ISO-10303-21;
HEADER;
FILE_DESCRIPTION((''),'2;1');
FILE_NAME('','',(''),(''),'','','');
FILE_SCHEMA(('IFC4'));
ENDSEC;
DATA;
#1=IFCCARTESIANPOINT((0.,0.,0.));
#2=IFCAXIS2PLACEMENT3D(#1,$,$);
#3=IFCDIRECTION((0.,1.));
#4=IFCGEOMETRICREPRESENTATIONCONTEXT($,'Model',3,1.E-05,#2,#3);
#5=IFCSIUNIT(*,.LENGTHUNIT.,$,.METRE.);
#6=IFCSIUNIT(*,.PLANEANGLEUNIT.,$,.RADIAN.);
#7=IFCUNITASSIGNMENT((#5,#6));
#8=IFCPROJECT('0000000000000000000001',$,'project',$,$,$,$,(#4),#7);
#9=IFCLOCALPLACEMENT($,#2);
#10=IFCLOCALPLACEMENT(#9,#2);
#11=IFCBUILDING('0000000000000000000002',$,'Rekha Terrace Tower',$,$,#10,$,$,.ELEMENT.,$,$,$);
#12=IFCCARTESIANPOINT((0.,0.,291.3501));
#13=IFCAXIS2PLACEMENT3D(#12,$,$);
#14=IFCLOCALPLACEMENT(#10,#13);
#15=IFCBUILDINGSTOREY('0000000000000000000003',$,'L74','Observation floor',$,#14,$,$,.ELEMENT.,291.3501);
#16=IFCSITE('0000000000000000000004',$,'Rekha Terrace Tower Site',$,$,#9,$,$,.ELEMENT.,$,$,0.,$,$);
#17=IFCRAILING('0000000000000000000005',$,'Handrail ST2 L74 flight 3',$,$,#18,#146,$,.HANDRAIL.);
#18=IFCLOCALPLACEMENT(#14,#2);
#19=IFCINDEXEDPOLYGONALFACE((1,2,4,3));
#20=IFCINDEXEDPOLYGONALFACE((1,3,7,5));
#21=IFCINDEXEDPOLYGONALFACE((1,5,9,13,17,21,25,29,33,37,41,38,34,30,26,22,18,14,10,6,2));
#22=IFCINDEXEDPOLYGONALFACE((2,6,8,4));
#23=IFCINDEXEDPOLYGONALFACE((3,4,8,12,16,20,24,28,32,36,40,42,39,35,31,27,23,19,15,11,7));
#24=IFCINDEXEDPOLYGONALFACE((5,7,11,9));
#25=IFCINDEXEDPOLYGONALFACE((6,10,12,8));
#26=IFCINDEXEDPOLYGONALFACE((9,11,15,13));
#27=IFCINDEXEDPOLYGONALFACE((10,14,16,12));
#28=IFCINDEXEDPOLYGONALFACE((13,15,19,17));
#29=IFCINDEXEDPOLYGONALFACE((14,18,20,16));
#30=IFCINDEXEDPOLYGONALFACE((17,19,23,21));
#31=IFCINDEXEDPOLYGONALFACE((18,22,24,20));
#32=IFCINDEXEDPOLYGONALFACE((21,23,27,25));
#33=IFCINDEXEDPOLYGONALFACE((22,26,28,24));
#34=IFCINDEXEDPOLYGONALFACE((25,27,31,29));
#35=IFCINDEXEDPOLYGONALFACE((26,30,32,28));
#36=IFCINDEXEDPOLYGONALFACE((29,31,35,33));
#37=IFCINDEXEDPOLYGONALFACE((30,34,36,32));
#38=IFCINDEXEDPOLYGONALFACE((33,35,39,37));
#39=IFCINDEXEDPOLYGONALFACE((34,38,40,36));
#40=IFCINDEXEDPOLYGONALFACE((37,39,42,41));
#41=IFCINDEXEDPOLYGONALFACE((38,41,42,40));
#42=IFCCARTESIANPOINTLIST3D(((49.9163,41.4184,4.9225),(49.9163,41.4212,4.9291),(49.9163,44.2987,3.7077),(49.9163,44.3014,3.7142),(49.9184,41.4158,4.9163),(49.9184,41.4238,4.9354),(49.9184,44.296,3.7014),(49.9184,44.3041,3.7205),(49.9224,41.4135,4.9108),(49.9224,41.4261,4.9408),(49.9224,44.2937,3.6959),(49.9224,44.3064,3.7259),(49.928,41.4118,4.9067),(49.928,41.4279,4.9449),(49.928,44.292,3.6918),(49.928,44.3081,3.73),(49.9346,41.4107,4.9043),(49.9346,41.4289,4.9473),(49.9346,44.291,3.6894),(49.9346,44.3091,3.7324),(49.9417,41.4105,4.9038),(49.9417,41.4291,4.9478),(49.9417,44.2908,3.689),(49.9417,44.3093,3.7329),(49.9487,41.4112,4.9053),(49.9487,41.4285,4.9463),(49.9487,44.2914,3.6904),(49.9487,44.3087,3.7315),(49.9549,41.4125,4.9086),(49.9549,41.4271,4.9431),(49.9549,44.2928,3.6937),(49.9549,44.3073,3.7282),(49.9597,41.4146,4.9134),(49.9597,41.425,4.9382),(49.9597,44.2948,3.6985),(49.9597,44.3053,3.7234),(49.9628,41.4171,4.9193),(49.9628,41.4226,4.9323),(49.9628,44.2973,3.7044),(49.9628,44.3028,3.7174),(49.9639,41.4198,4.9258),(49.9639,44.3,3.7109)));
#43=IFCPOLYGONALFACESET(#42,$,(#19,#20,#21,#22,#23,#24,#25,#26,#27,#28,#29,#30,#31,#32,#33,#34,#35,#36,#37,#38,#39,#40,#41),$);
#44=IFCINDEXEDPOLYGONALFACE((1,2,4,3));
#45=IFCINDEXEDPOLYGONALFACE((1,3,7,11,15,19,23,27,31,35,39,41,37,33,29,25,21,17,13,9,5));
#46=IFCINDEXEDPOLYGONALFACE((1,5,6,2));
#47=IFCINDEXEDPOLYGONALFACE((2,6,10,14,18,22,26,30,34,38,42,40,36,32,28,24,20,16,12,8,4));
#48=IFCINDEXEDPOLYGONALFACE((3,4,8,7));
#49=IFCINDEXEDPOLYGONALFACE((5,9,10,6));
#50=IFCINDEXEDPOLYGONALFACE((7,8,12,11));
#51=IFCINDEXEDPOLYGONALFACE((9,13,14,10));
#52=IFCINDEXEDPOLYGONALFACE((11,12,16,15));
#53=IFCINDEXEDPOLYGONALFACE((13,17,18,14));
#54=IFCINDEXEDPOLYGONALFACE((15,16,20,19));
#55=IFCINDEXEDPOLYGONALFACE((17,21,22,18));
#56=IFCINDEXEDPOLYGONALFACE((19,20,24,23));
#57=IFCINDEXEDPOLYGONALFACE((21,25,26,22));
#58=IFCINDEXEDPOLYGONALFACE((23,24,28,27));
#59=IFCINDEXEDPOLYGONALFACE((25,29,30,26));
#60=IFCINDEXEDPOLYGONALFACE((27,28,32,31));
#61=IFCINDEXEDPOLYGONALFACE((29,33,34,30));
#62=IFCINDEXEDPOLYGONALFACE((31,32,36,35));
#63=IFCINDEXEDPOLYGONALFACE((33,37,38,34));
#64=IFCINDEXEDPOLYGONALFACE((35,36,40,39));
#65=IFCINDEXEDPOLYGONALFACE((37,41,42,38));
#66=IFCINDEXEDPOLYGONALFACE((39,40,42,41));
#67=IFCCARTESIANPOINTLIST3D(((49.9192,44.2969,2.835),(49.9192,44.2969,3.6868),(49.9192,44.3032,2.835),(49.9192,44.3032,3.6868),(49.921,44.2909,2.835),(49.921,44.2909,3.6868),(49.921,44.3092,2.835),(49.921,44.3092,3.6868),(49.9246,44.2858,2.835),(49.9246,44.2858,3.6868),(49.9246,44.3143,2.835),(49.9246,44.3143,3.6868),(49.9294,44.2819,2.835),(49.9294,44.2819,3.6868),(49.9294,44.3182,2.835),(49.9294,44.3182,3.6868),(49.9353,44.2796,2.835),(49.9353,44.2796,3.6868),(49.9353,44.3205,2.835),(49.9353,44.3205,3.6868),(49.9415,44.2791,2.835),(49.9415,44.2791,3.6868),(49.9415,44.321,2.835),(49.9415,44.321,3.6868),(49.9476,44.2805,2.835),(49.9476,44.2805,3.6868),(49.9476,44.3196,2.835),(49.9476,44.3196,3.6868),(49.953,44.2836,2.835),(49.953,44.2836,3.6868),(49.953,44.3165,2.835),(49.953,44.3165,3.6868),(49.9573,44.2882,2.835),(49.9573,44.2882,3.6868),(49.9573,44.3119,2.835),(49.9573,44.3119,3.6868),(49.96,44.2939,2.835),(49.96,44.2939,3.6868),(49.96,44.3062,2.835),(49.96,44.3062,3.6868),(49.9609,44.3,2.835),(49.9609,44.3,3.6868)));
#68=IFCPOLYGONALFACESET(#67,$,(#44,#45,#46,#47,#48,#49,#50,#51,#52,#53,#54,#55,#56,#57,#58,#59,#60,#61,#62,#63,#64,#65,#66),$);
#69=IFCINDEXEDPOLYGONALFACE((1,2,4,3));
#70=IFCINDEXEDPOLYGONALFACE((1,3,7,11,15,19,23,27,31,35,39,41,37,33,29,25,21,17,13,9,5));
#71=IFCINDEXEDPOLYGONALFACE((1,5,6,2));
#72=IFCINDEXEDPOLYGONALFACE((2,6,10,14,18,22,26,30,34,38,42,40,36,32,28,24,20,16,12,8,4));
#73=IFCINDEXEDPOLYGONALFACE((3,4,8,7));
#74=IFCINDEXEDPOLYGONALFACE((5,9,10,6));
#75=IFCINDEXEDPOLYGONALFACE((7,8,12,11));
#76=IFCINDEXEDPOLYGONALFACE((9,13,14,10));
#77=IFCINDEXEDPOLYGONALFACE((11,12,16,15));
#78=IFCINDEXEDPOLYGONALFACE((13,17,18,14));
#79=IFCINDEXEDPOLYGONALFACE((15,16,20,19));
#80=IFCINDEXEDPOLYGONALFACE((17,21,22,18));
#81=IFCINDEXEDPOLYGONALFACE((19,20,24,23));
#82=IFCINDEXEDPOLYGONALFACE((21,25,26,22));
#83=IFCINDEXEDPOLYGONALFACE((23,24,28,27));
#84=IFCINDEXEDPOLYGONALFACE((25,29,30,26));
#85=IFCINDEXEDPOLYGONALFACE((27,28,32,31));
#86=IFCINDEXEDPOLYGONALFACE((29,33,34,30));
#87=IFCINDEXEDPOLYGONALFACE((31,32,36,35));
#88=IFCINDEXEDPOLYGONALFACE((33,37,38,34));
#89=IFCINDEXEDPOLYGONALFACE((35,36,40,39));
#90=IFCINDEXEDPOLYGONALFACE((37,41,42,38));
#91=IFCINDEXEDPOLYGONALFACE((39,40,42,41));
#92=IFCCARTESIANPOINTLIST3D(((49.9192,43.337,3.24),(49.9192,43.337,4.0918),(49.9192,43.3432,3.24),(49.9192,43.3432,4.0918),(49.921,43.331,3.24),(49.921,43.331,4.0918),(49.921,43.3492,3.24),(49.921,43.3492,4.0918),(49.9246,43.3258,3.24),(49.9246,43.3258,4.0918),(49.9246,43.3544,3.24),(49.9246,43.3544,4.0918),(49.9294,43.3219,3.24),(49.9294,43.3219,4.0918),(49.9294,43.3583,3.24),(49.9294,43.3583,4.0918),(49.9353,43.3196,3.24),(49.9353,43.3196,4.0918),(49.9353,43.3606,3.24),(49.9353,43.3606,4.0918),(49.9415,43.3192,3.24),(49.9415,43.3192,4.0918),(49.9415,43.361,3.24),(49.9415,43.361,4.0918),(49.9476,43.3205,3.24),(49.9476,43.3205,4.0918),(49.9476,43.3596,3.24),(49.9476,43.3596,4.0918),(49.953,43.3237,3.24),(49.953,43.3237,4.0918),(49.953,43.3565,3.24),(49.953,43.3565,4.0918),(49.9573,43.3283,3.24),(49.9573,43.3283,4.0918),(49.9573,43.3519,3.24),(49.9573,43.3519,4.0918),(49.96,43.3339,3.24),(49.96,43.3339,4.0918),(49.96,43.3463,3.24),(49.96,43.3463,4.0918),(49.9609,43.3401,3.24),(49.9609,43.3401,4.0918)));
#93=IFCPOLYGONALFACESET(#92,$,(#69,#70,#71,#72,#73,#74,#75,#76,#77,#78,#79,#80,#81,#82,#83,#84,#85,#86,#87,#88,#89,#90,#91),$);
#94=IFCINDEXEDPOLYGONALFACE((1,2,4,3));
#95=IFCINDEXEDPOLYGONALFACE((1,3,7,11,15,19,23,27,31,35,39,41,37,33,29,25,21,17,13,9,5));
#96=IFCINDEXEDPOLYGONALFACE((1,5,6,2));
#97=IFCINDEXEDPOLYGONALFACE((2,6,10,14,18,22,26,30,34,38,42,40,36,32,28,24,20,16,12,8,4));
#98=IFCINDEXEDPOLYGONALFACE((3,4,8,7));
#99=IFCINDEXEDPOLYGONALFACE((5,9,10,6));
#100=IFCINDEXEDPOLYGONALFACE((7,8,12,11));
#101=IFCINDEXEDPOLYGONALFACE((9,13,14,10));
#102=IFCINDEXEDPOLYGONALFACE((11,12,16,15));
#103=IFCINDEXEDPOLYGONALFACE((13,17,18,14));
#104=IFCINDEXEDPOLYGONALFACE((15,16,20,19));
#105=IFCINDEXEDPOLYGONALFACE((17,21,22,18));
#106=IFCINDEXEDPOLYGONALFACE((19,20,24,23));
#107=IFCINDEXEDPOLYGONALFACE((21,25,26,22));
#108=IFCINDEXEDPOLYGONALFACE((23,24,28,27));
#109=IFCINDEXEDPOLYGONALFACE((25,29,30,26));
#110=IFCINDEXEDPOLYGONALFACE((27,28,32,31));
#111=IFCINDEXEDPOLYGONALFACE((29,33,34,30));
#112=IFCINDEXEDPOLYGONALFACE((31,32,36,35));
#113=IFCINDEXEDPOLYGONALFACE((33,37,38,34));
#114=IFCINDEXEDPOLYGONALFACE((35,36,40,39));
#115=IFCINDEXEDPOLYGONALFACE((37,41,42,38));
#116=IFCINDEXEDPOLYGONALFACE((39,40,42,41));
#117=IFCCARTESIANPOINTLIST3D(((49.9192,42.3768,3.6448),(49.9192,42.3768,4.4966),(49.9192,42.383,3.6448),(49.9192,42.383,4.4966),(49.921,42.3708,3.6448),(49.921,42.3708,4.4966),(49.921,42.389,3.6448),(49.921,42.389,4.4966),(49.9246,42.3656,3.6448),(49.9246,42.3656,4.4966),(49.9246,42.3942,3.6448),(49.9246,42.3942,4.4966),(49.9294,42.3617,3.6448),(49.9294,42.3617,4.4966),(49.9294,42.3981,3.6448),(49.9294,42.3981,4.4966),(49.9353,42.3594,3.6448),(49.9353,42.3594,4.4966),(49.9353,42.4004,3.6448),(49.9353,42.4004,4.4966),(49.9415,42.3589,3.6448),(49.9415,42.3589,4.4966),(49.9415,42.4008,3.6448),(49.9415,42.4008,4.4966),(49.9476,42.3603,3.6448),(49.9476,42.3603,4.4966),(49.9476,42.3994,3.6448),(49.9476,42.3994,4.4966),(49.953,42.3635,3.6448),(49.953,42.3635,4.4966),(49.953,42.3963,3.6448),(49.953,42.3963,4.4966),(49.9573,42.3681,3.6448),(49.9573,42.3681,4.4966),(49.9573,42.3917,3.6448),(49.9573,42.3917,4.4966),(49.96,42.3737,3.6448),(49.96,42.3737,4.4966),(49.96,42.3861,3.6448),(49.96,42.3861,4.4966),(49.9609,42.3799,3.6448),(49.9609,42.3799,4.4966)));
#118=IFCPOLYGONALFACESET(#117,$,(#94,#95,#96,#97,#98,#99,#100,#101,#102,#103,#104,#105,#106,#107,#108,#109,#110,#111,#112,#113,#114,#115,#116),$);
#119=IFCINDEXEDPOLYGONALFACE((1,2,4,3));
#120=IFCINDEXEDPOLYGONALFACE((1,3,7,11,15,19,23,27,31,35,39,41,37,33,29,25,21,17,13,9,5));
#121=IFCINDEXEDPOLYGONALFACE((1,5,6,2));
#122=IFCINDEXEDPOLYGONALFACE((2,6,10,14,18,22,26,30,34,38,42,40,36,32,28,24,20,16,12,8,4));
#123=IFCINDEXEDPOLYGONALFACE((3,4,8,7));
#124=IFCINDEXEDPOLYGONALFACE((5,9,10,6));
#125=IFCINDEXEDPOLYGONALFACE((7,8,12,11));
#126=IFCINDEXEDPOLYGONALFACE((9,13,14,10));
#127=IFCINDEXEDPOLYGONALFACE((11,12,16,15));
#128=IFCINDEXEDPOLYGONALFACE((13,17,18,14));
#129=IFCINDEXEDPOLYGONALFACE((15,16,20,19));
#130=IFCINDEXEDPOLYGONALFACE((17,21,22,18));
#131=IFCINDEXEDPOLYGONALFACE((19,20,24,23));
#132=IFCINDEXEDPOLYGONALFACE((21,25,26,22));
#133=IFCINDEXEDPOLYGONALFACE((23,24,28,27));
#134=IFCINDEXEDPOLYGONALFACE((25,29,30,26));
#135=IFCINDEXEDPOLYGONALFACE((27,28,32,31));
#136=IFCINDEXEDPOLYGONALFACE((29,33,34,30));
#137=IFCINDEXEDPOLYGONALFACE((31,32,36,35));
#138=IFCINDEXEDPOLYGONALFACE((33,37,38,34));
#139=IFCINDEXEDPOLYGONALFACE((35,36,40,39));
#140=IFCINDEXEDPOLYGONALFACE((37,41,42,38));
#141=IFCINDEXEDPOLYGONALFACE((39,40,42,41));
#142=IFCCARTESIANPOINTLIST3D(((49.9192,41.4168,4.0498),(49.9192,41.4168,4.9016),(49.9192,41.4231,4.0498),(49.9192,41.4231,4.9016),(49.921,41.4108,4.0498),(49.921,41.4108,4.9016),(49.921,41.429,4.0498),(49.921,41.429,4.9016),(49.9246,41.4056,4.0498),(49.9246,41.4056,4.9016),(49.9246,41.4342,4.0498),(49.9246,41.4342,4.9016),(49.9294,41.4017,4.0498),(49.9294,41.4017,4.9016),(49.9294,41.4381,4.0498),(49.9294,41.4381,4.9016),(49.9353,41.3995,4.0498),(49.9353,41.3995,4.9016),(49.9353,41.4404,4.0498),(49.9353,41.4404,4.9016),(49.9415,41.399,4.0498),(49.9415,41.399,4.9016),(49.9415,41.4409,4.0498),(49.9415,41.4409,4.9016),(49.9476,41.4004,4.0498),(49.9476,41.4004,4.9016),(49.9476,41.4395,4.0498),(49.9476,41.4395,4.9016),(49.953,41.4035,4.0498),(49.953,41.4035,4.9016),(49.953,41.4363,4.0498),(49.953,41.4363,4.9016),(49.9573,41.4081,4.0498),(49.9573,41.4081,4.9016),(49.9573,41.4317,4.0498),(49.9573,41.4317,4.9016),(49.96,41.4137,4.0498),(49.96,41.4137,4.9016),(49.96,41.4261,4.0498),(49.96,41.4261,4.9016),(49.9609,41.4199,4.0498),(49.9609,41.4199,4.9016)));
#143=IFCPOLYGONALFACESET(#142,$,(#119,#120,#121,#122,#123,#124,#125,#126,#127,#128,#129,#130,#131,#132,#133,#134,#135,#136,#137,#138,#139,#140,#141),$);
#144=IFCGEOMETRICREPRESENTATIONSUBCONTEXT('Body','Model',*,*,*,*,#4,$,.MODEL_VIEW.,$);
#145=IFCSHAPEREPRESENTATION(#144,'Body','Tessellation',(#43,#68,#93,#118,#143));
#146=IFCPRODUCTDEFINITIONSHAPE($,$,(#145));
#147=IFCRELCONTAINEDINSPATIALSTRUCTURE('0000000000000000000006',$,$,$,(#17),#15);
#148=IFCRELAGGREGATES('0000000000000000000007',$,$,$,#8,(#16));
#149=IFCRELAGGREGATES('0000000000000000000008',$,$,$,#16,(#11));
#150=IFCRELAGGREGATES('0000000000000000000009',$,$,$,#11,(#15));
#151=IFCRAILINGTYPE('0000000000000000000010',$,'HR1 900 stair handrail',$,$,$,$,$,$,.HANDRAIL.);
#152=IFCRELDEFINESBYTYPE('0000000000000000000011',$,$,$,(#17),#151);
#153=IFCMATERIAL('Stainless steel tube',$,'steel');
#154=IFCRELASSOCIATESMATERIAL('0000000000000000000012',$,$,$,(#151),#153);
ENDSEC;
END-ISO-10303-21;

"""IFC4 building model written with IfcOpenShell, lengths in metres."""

from ifc_helpers import new_model, si_unit, direction, frame, origin, origin_2d, place, context, subcontext, project, spatial, circle, extrude, material, type_object, element, save


model = new_model("IFC4")

# Units and contexts
model_context = context("Model", 3, precision=1e-05, world=origin(), true_north=direction((0.0, 1.0)))
body_context = subcontext(model_context, "Body", "Model", "MODEL_VIEW")
ifc_project = project(units=[si_unit("LENGTHUNIT", "METRE"), si_unit("PLANEANGLEUNIT", "RADIAN")], contexts=[model_context])

# Site, building, storey
site_placement = place(None, origin())
site = spatial("IfcSite", under=ifc_project, at=site_placement, Name="Rekha Terrace Tower Site", CompositionType="ELEMENT", RefElevation=0.0)
building_placement = place(site_placement, origin())
building = spatial("IfcBuilding", under=site, at=building_placement, Name="Rekha Terrace Tower", CompositionType="ELEMENT")
storey_placement = place(building_placement, frame((0.0, 0.0, 291.3501)))
storey = spatial("IfcBuildingStorey", under=building, at=storey_placement, Name="L74", Description="Observation floor", CompositionType="ELEMENT", Elevation=291.3501)

# Railing
ifc_material_1 = material(Name="Stainless steel tube", Category="steel")
railing_type_1 = type_object("IfcRailingType", Name="HR1 900 stair handrail", PredefinedType="HANDRAIL", material=ifc_material_1)
railing_1_placement = place(storey_placement, frame((49.9399, 44.3, 2.835)))
element("IfcRailing", 1, at=railing_1_placement, inside=storey, type_object=railing_type_1, Name="Handrail ST2 L74 flight 3", PredefinedType="HANDRAIL", context=body_context, shape_type="SweptSolid", body=[
    extrude(circle(Radius=0.0239, at=origin_2d()), frame((0.0, 0.0, 0.876), z_axis=(0.0, -0.921388, 0.388644), x_axis=(1.0, 0.0, 0.0)), (0.0, 0.0, 1.0), 3.126),
    extrude(circle(Radius=0.021, at=origin_2d()), origin(), (0.0, 0.0, 1.0), 0.8518),
    extrude(circle(Radius=0.021, at=origin_2d()), frame((0.0, -0.96, 0.405)), (0.0, 0.0, 1.0), 0.8518),
    extrude(circle(Radius=0.021, at=origin_2d()), frame((0.0, -1.9202, 0.8098)), (0.0, 0.0, 1.0), 0.8518),
    extrude(circle(Radius=0.021, at=origin_2d()), frame((0.0, -2.8801, 1.2148)), (0.0, 0.0, 1.0), 0.8518),
])

save(model, "model.ifc")
